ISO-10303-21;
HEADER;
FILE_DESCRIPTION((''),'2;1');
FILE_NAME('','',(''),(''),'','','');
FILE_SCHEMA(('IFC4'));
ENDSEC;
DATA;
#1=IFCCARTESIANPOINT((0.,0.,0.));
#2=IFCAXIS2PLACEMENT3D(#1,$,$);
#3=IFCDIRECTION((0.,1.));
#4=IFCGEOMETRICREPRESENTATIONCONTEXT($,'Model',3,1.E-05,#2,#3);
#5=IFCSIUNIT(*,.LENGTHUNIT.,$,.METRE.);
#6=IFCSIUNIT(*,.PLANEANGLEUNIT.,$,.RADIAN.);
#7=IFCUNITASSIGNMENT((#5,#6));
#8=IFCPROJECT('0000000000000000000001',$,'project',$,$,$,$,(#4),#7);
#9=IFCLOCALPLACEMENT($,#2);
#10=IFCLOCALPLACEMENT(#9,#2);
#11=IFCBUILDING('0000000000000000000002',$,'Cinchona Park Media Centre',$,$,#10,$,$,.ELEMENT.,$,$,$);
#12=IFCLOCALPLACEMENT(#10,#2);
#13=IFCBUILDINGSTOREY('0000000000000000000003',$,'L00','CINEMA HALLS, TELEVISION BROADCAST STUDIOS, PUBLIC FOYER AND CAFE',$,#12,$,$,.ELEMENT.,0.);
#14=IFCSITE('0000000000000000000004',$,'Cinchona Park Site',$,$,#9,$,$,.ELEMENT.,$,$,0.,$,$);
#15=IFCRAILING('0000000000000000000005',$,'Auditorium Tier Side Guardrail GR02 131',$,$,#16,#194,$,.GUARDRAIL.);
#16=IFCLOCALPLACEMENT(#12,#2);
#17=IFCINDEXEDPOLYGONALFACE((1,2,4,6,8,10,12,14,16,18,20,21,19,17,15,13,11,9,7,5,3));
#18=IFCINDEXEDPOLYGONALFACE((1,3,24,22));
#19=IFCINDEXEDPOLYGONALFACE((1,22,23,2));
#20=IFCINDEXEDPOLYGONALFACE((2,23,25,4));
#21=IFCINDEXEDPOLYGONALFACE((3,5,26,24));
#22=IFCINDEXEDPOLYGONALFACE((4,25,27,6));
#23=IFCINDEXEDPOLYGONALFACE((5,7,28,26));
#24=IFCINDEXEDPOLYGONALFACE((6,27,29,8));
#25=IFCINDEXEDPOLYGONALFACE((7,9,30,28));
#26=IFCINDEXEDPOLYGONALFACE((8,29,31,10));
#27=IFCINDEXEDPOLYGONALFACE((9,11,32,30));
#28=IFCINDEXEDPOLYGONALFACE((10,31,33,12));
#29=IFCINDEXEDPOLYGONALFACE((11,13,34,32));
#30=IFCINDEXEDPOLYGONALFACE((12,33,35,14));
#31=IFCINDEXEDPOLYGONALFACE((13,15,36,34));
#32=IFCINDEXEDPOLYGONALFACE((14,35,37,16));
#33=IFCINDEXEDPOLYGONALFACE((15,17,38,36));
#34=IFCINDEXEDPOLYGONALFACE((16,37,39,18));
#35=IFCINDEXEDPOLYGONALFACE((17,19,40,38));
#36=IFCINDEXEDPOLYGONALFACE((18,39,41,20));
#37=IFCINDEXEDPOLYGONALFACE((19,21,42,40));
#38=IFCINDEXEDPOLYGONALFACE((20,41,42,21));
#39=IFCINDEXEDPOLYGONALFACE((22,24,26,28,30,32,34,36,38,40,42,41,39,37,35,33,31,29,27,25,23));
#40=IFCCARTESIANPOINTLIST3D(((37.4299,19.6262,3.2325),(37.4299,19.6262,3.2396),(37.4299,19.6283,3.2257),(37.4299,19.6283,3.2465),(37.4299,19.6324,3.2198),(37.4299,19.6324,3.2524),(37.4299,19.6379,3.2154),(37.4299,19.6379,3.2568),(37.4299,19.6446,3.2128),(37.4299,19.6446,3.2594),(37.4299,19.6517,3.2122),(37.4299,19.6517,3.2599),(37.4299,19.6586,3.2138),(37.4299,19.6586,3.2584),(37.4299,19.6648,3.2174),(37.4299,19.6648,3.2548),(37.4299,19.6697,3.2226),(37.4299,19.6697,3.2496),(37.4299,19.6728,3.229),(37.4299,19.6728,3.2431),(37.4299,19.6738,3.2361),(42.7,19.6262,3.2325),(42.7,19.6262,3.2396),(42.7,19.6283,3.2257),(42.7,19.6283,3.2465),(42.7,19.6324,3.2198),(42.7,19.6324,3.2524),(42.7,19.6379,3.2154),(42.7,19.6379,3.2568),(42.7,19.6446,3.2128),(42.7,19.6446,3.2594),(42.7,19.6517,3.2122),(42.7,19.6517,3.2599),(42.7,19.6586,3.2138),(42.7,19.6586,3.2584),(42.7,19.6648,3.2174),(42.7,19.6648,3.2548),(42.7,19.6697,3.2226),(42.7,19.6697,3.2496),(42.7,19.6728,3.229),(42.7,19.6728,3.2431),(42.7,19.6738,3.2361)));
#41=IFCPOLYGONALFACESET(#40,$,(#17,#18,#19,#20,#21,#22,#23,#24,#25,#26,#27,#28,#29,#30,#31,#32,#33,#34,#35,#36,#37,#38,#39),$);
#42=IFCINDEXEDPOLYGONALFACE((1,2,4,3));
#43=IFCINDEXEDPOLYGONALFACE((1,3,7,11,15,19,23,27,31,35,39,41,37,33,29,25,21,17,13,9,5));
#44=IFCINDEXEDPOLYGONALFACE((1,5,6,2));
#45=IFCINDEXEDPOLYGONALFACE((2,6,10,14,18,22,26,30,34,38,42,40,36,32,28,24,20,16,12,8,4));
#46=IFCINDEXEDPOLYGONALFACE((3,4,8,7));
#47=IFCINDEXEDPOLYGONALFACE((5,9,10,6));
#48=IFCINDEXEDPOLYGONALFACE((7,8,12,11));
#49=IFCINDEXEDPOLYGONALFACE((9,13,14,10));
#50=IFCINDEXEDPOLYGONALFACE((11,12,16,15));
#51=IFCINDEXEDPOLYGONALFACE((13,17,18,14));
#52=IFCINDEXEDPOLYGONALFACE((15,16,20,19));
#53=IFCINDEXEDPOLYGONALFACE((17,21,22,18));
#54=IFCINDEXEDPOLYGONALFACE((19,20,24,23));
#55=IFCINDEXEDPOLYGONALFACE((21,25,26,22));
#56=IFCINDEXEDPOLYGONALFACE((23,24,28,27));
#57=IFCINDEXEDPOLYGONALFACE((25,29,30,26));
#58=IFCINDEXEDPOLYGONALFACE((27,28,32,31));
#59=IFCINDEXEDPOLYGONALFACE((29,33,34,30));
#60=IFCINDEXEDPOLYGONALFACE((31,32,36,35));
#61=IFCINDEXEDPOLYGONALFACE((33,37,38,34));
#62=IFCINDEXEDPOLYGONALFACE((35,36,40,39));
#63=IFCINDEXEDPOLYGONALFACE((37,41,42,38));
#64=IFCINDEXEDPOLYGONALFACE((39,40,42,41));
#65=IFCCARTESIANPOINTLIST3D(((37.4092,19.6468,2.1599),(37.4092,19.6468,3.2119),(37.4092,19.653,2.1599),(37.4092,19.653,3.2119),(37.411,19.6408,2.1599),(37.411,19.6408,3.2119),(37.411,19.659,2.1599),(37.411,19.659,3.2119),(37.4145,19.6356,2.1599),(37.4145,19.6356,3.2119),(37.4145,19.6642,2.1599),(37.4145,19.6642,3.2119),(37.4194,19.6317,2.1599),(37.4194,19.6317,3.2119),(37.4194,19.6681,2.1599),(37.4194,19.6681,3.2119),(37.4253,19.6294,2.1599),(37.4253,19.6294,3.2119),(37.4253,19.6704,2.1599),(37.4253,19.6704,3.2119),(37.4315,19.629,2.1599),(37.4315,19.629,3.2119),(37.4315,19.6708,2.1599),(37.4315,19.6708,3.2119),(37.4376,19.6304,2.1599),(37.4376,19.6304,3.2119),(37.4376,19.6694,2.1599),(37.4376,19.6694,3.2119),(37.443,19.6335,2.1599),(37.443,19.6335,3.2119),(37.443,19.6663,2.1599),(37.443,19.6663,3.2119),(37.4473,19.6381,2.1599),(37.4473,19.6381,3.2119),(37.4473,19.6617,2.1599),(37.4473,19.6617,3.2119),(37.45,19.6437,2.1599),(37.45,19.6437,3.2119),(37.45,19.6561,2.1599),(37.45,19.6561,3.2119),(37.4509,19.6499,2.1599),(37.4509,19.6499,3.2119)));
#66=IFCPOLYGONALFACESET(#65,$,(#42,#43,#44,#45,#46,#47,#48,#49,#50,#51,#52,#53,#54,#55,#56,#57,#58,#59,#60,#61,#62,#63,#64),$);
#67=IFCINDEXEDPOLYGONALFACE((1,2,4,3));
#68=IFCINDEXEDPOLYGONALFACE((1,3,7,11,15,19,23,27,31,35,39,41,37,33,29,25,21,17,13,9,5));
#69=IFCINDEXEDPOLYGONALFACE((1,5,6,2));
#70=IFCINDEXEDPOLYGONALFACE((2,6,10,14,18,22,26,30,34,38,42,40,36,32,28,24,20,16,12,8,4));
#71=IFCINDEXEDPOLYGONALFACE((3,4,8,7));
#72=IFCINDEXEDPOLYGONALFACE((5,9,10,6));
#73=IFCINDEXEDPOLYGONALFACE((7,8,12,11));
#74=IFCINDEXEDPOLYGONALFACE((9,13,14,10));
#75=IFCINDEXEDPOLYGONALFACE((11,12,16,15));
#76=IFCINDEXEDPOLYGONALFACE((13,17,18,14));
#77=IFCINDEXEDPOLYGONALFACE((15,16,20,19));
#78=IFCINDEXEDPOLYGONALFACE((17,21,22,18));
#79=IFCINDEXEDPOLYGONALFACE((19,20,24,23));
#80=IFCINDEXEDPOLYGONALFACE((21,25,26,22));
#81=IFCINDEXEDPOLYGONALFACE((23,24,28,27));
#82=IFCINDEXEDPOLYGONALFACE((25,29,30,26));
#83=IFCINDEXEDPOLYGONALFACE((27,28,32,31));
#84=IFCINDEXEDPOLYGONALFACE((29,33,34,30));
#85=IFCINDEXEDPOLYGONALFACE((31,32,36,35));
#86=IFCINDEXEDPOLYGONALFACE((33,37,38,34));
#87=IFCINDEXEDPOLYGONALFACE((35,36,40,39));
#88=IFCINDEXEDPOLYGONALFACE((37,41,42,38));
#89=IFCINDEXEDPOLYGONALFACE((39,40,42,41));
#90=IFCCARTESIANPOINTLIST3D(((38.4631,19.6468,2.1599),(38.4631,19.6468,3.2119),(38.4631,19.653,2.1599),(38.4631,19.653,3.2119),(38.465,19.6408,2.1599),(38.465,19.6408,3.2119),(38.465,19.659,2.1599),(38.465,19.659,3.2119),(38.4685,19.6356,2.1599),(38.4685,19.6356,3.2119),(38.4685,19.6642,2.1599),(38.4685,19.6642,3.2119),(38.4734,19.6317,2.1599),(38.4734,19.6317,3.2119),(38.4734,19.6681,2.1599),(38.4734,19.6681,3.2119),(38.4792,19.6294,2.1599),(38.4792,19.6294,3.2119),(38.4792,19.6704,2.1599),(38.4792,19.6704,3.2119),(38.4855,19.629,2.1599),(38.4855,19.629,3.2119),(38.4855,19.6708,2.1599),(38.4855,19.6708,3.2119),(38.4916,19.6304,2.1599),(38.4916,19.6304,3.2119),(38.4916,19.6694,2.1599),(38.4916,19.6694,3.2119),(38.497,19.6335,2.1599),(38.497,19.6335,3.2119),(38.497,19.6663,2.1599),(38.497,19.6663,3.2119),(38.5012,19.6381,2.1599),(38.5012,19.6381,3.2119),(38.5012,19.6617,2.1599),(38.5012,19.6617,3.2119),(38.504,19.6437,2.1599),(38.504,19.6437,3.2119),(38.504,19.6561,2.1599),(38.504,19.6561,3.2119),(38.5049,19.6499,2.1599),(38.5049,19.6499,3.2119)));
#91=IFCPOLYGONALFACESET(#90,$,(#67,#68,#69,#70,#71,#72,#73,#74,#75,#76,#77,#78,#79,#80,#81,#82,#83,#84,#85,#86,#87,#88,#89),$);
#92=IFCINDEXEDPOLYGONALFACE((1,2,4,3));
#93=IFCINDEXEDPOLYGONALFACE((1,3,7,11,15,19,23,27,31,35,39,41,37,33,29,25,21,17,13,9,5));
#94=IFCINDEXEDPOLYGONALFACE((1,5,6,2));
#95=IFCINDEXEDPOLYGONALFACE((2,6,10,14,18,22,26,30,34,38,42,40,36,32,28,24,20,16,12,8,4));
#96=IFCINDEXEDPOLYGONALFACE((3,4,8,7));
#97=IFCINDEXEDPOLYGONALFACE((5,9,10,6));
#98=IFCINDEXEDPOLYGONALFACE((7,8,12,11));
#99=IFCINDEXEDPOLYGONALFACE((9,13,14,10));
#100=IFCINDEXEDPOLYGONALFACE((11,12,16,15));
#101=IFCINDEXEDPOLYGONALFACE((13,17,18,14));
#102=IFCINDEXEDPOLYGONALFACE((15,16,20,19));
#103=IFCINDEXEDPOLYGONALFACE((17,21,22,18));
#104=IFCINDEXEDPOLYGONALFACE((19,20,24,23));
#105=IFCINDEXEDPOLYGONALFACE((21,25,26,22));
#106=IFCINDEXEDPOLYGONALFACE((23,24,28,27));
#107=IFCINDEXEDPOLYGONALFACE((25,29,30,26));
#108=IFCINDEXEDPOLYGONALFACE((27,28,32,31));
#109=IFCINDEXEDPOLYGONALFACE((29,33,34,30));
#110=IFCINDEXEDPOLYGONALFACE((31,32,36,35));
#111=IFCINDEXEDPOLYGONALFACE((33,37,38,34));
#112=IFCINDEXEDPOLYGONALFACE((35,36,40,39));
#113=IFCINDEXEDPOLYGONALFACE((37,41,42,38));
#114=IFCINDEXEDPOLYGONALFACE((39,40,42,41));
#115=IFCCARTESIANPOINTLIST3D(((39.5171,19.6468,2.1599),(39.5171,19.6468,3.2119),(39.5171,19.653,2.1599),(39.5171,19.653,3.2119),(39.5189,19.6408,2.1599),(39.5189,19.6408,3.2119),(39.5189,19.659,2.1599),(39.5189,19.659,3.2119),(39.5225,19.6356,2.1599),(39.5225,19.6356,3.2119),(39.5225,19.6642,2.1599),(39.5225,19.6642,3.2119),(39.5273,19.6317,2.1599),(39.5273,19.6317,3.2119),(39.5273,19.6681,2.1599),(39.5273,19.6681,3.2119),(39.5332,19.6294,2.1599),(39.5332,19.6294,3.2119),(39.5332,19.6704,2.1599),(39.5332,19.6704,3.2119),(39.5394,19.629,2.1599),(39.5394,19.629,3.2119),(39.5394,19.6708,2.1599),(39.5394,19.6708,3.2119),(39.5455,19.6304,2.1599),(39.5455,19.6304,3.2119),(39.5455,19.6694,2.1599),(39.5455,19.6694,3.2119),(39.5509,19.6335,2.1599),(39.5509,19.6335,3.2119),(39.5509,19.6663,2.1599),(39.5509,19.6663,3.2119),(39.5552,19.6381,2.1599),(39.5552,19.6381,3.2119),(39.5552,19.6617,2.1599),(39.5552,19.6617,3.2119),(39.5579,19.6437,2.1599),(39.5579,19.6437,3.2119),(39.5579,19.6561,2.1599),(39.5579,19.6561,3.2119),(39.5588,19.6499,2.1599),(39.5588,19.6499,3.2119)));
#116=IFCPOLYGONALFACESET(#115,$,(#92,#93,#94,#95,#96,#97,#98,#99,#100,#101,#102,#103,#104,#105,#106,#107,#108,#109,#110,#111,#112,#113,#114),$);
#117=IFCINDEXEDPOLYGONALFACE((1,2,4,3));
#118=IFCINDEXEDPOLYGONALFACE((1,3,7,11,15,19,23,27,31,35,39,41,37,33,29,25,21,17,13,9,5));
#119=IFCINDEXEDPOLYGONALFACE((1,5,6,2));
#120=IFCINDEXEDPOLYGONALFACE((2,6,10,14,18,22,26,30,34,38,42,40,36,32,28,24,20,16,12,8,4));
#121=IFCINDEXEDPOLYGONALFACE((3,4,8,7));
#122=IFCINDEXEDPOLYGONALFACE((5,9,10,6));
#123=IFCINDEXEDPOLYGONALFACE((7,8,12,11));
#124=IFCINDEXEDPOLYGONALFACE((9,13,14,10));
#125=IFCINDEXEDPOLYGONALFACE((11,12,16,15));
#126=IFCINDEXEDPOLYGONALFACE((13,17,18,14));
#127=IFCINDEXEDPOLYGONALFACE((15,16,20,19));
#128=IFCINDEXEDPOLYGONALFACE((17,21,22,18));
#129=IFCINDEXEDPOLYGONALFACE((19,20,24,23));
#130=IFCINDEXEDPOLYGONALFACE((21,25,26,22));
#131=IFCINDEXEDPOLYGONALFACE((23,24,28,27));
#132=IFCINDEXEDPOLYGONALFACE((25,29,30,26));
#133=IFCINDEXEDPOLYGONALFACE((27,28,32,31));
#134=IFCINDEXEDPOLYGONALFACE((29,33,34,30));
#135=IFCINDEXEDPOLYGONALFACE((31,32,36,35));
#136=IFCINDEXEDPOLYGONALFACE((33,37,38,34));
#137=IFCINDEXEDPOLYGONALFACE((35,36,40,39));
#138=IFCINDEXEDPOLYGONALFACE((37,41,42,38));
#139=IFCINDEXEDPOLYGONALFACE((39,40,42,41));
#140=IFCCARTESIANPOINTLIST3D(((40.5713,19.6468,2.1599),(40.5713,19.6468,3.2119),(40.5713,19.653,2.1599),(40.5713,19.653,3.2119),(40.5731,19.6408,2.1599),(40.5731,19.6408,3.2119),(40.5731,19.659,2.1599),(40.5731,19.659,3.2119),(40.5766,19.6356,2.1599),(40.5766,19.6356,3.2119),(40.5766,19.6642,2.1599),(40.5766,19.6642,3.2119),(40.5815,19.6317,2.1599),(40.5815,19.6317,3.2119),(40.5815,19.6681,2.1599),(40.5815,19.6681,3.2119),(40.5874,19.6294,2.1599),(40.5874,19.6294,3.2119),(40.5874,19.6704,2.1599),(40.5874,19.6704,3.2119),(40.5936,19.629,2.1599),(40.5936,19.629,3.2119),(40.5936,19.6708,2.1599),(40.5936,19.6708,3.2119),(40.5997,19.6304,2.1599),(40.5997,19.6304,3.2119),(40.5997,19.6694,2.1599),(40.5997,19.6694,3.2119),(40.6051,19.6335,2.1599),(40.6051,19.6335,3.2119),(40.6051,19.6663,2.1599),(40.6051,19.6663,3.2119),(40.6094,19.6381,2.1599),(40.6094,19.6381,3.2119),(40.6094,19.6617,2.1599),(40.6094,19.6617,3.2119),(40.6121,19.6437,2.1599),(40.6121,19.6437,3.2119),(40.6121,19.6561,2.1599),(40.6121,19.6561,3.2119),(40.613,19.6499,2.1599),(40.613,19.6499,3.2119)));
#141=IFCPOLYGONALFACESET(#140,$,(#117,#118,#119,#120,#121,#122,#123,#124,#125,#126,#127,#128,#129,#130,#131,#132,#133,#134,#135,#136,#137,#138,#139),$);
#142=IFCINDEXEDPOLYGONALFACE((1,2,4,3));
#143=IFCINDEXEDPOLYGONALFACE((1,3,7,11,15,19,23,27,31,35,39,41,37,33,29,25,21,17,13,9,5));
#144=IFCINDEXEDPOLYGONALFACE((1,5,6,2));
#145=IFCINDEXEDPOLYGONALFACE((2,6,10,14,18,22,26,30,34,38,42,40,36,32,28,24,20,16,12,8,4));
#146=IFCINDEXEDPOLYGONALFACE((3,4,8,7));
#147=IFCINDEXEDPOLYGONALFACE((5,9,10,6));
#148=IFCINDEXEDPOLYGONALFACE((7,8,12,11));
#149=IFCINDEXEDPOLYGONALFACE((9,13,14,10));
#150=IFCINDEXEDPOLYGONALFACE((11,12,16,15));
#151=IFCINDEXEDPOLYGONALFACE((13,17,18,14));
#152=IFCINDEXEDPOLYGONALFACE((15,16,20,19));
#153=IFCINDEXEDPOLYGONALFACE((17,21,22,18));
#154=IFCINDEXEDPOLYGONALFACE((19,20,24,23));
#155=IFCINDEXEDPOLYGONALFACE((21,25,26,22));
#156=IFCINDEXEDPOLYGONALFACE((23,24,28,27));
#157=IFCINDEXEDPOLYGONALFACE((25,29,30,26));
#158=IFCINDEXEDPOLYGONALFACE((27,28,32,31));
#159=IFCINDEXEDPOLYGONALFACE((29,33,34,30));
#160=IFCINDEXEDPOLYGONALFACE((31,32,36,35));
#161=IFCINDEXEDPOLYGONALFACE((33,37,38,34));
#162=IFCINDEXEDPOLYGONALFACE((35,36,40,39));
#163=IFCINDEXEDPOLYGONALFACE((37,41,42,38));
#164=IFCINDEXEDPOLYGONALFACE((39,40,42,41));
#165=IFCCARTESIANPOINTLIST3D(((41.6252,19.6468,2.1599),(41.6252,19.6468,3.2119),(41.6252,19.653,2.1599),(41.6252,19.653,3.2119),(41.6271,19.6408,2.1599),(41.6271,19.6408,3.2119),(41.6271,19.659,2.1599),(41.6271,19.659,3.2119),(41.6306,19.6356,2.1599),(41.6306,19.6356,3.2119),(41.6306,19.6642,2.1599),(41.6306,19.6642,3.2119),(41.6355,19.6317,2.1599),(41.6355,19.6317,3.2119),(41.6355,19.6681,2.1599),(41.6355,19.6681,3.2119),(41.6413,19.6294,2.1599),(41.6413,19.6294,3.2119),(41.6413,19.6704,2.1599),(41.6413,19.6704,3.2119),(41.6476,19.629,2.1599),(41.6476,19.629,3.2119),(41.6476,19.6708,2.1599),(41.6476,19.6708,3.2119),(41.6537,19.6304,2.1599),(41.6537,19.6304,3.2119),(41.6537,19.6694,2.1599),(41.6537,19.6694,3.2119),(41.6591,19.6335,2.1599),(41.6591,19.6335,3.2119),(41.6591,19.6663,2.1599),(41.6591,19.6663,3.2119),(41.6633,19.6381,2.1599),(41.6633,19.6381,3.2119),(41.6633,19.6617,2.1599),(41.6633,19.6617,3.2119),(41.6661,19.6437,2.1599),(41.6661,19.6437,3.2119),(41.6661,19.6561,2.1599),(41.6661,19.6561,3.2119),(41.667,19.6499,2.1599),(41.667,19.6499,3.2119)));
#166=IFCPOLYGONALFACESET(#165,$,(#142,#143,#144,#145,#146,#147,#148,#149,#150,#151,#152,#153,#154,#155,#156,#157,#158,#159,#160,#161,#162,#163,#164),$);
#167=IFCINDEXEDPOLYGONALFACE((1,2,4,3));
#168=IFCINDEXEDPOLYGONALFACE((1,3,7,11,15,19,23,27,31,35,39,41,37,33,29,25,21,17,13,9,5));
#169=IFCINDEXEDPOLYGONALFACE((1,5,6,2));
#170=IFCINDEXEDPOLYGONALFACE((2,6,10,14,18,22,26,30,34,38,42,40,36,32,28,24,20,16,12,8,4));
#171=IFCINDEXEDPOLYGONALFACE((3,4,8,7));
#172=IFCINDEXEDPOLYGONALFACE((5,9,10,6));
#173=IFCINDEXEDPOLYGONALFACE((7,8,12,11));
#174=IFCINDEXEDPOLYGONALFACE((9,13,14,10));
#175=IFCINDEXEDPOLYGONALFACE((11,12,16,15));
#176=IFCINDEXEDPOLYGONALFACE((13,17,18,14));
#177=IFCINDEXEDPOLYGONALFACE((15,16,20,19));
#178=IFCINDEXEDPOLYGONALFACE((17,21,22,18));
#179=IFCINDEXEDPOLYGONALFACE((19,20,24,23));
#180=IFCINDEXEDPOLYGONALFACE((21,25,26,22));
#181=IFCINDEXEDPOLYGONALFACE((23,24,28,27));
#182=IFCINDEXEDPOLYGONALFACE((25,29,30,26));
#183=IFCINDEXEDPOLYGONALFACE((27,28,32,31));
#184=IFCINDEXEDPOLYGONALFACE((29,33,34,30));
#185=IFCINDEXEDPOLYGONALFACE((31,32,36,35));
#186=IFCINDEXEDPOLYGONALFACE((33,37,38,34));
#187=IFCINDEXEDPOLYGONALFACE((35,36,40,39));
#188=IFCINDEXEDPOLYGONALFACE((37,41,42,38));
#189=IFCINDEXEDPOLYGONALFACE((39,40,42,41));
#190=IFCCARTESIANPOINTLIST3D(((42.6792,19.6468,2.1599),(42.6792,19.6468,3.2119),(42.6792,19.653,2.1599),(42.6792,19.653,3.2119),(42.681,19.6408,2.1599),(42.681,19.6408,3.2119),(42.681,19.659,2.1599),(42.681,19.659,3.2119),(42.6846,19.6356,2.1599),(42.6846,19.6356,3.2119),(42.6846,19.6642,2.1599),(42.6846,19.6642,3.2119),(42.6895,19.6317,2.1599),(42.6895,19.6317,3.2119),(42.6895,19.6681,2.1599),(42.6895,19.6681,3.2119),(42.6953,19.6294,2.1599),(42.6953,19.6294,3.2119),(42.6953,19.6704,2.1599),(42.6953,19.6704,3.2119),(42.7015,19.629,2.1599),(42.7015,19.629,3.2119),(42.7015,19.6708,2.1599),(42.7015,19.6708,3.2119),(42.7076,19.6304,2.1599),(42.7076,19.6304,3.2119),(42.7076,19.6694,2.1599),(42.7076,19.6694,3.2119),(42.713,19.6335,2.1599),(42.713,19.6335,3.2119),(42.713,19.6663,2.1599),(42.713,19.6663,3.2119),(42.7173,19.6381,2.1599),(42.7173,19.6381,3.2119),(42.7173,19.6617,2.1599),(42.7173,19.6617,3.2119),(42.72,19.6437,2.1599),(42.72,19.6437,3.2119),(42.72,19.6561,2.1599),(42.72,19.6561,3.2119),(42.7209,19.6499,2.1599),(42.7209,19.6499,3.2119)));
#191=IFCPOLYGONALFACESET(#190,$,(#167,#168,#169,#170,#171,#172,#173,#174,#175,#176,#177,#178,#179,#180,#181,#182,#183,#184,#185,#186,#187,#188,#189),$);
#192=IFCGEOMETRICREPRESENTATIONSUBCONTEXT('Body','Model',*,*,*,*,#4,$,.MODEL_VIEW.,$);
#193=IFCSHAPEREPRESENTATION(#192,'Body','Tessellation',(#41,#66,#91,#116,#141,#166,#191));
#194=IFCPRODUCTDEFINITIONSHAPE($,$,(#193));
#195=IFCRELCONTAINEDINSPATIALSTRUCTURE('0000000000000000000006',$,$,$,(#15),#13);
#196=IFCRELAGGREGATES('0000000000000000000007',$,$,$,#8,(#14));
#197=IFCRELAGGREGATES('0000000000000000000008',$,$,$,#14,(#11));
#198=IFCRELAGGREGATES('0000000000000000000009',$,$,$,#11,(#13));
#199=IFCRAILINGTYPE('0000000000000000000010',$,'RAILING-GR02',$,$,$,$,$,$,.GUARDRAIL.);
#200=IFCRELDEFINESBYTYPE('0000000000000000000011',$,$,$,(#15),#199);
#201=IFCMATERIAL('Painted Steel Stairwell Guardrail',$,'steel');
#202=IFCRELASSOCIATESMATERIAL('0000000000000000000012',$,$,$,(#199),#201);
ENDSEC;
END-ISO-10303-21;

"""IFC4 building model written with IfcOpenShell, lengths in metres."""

from ifc_helpers import new_model, si_unit, direction, frame, origin, origin_2d, place, context, subcontext, project, spatial, circle, extrude, material, type_object, element, save


model = new_model("IFC4")

# Units and contexts
model_context = context("Model", 3, precision=1e-05, world=origin(), true_north=direction((0.0, 1.0)))
body_context = subcontext(model_context, "Body", "Model", "MODEL_VIEW")
ifc_project = project(units=[si_unit("LENGTHUNIT", "METRE"), si_unit("PLANEANGLEUNIT", "RADIAN")], contexts=[model_context])

# Site, building, storey
site_placement = place(None, origin())
site = spatial("IfcSite", under=ifc_project, at=site_placement, Name="Cinchona Park Site", CompositionType="ELEMENT", RefElevation=0.0)
building_placement = place(site_placement, origin())
building = spatial("IfcBuilding", under=site, at=building_placement, Name="Cinchona Park Media Centre", CompositionType="ELEMENT")
storey_placement = place(building_placement, origin())
storey = spatial("IfcBuildingStorey", under=building, at=storey_placement, Name="L00", Description="CINEMA HALLS, TELEVISION BROADCAST STUDIOS, PUBLIC FOYER AND CAFE", CompositionType="ELEMENT", Elevation=0.0)

# Railing
ifc_material_1 = material(Name="Painted Steel Stairwell Guardrail", Category="steel")
railing_type_1 = type_object("IfcRailingType", Name="RAILING-GR02", PredefinedType="GUARDRAIL", material=ifc_material_1)
railing_1_placement = place(storey_placement, frame((37.4299, 19.6499, 2.1599)))
element("IfcRailing", 1, at=railing_1_placement, inside=storey, type_object=railing_type_1, Name="Auditorium Tier Side Guardrail GR02 131", PredefinedType="GUARDRAIL", context=body_context, shape_type="SweptSolid", body=[
    extrude(circle(Radius=0.0239, at=origin_2d()), frame((0.0, 0.0, 1.0762), z_axis=(1.0, 0.0, 0.0), x_axis=(0.0, 1.0, 0.0)), (0.0, 0.0, 1.0), 5.27),
    extrude(circle(Radius=0.021, at=origin_2d()), origin(), (0.0, 0.0, 1.0), 1.052),
    extrude(circle(Radius=0.021, at=origin_2d()), frame((1.054, 0.0, 0.0)), (0.0, 0.0, 1.0), 1.052),
    extrude(circle(Radius=0.021, at=origin_2d()), frame((2.1079, 0.0, 0.0)), (0.0, 0.0, 1.0), 1.052),
    extrude(circle(Radius=0.021, at=origin_2d()), frame((3.1621, 0.0, 0.0)), (0.0, 0.0, 1.0), 1.052),
    extrude(circle(Radius=0.021, at=origin_2d()), frame((4.2161, 0.0, 0.0)), (0.0, 0.0, 1.0), 1.052),
    extrude(circle(Radius=0.021, at=origin_2d()), frame((5.27, 0.0, 0.0)), (0.0, 0.0, 1.0), 1.052),
])

save(model, "model.ifc")
